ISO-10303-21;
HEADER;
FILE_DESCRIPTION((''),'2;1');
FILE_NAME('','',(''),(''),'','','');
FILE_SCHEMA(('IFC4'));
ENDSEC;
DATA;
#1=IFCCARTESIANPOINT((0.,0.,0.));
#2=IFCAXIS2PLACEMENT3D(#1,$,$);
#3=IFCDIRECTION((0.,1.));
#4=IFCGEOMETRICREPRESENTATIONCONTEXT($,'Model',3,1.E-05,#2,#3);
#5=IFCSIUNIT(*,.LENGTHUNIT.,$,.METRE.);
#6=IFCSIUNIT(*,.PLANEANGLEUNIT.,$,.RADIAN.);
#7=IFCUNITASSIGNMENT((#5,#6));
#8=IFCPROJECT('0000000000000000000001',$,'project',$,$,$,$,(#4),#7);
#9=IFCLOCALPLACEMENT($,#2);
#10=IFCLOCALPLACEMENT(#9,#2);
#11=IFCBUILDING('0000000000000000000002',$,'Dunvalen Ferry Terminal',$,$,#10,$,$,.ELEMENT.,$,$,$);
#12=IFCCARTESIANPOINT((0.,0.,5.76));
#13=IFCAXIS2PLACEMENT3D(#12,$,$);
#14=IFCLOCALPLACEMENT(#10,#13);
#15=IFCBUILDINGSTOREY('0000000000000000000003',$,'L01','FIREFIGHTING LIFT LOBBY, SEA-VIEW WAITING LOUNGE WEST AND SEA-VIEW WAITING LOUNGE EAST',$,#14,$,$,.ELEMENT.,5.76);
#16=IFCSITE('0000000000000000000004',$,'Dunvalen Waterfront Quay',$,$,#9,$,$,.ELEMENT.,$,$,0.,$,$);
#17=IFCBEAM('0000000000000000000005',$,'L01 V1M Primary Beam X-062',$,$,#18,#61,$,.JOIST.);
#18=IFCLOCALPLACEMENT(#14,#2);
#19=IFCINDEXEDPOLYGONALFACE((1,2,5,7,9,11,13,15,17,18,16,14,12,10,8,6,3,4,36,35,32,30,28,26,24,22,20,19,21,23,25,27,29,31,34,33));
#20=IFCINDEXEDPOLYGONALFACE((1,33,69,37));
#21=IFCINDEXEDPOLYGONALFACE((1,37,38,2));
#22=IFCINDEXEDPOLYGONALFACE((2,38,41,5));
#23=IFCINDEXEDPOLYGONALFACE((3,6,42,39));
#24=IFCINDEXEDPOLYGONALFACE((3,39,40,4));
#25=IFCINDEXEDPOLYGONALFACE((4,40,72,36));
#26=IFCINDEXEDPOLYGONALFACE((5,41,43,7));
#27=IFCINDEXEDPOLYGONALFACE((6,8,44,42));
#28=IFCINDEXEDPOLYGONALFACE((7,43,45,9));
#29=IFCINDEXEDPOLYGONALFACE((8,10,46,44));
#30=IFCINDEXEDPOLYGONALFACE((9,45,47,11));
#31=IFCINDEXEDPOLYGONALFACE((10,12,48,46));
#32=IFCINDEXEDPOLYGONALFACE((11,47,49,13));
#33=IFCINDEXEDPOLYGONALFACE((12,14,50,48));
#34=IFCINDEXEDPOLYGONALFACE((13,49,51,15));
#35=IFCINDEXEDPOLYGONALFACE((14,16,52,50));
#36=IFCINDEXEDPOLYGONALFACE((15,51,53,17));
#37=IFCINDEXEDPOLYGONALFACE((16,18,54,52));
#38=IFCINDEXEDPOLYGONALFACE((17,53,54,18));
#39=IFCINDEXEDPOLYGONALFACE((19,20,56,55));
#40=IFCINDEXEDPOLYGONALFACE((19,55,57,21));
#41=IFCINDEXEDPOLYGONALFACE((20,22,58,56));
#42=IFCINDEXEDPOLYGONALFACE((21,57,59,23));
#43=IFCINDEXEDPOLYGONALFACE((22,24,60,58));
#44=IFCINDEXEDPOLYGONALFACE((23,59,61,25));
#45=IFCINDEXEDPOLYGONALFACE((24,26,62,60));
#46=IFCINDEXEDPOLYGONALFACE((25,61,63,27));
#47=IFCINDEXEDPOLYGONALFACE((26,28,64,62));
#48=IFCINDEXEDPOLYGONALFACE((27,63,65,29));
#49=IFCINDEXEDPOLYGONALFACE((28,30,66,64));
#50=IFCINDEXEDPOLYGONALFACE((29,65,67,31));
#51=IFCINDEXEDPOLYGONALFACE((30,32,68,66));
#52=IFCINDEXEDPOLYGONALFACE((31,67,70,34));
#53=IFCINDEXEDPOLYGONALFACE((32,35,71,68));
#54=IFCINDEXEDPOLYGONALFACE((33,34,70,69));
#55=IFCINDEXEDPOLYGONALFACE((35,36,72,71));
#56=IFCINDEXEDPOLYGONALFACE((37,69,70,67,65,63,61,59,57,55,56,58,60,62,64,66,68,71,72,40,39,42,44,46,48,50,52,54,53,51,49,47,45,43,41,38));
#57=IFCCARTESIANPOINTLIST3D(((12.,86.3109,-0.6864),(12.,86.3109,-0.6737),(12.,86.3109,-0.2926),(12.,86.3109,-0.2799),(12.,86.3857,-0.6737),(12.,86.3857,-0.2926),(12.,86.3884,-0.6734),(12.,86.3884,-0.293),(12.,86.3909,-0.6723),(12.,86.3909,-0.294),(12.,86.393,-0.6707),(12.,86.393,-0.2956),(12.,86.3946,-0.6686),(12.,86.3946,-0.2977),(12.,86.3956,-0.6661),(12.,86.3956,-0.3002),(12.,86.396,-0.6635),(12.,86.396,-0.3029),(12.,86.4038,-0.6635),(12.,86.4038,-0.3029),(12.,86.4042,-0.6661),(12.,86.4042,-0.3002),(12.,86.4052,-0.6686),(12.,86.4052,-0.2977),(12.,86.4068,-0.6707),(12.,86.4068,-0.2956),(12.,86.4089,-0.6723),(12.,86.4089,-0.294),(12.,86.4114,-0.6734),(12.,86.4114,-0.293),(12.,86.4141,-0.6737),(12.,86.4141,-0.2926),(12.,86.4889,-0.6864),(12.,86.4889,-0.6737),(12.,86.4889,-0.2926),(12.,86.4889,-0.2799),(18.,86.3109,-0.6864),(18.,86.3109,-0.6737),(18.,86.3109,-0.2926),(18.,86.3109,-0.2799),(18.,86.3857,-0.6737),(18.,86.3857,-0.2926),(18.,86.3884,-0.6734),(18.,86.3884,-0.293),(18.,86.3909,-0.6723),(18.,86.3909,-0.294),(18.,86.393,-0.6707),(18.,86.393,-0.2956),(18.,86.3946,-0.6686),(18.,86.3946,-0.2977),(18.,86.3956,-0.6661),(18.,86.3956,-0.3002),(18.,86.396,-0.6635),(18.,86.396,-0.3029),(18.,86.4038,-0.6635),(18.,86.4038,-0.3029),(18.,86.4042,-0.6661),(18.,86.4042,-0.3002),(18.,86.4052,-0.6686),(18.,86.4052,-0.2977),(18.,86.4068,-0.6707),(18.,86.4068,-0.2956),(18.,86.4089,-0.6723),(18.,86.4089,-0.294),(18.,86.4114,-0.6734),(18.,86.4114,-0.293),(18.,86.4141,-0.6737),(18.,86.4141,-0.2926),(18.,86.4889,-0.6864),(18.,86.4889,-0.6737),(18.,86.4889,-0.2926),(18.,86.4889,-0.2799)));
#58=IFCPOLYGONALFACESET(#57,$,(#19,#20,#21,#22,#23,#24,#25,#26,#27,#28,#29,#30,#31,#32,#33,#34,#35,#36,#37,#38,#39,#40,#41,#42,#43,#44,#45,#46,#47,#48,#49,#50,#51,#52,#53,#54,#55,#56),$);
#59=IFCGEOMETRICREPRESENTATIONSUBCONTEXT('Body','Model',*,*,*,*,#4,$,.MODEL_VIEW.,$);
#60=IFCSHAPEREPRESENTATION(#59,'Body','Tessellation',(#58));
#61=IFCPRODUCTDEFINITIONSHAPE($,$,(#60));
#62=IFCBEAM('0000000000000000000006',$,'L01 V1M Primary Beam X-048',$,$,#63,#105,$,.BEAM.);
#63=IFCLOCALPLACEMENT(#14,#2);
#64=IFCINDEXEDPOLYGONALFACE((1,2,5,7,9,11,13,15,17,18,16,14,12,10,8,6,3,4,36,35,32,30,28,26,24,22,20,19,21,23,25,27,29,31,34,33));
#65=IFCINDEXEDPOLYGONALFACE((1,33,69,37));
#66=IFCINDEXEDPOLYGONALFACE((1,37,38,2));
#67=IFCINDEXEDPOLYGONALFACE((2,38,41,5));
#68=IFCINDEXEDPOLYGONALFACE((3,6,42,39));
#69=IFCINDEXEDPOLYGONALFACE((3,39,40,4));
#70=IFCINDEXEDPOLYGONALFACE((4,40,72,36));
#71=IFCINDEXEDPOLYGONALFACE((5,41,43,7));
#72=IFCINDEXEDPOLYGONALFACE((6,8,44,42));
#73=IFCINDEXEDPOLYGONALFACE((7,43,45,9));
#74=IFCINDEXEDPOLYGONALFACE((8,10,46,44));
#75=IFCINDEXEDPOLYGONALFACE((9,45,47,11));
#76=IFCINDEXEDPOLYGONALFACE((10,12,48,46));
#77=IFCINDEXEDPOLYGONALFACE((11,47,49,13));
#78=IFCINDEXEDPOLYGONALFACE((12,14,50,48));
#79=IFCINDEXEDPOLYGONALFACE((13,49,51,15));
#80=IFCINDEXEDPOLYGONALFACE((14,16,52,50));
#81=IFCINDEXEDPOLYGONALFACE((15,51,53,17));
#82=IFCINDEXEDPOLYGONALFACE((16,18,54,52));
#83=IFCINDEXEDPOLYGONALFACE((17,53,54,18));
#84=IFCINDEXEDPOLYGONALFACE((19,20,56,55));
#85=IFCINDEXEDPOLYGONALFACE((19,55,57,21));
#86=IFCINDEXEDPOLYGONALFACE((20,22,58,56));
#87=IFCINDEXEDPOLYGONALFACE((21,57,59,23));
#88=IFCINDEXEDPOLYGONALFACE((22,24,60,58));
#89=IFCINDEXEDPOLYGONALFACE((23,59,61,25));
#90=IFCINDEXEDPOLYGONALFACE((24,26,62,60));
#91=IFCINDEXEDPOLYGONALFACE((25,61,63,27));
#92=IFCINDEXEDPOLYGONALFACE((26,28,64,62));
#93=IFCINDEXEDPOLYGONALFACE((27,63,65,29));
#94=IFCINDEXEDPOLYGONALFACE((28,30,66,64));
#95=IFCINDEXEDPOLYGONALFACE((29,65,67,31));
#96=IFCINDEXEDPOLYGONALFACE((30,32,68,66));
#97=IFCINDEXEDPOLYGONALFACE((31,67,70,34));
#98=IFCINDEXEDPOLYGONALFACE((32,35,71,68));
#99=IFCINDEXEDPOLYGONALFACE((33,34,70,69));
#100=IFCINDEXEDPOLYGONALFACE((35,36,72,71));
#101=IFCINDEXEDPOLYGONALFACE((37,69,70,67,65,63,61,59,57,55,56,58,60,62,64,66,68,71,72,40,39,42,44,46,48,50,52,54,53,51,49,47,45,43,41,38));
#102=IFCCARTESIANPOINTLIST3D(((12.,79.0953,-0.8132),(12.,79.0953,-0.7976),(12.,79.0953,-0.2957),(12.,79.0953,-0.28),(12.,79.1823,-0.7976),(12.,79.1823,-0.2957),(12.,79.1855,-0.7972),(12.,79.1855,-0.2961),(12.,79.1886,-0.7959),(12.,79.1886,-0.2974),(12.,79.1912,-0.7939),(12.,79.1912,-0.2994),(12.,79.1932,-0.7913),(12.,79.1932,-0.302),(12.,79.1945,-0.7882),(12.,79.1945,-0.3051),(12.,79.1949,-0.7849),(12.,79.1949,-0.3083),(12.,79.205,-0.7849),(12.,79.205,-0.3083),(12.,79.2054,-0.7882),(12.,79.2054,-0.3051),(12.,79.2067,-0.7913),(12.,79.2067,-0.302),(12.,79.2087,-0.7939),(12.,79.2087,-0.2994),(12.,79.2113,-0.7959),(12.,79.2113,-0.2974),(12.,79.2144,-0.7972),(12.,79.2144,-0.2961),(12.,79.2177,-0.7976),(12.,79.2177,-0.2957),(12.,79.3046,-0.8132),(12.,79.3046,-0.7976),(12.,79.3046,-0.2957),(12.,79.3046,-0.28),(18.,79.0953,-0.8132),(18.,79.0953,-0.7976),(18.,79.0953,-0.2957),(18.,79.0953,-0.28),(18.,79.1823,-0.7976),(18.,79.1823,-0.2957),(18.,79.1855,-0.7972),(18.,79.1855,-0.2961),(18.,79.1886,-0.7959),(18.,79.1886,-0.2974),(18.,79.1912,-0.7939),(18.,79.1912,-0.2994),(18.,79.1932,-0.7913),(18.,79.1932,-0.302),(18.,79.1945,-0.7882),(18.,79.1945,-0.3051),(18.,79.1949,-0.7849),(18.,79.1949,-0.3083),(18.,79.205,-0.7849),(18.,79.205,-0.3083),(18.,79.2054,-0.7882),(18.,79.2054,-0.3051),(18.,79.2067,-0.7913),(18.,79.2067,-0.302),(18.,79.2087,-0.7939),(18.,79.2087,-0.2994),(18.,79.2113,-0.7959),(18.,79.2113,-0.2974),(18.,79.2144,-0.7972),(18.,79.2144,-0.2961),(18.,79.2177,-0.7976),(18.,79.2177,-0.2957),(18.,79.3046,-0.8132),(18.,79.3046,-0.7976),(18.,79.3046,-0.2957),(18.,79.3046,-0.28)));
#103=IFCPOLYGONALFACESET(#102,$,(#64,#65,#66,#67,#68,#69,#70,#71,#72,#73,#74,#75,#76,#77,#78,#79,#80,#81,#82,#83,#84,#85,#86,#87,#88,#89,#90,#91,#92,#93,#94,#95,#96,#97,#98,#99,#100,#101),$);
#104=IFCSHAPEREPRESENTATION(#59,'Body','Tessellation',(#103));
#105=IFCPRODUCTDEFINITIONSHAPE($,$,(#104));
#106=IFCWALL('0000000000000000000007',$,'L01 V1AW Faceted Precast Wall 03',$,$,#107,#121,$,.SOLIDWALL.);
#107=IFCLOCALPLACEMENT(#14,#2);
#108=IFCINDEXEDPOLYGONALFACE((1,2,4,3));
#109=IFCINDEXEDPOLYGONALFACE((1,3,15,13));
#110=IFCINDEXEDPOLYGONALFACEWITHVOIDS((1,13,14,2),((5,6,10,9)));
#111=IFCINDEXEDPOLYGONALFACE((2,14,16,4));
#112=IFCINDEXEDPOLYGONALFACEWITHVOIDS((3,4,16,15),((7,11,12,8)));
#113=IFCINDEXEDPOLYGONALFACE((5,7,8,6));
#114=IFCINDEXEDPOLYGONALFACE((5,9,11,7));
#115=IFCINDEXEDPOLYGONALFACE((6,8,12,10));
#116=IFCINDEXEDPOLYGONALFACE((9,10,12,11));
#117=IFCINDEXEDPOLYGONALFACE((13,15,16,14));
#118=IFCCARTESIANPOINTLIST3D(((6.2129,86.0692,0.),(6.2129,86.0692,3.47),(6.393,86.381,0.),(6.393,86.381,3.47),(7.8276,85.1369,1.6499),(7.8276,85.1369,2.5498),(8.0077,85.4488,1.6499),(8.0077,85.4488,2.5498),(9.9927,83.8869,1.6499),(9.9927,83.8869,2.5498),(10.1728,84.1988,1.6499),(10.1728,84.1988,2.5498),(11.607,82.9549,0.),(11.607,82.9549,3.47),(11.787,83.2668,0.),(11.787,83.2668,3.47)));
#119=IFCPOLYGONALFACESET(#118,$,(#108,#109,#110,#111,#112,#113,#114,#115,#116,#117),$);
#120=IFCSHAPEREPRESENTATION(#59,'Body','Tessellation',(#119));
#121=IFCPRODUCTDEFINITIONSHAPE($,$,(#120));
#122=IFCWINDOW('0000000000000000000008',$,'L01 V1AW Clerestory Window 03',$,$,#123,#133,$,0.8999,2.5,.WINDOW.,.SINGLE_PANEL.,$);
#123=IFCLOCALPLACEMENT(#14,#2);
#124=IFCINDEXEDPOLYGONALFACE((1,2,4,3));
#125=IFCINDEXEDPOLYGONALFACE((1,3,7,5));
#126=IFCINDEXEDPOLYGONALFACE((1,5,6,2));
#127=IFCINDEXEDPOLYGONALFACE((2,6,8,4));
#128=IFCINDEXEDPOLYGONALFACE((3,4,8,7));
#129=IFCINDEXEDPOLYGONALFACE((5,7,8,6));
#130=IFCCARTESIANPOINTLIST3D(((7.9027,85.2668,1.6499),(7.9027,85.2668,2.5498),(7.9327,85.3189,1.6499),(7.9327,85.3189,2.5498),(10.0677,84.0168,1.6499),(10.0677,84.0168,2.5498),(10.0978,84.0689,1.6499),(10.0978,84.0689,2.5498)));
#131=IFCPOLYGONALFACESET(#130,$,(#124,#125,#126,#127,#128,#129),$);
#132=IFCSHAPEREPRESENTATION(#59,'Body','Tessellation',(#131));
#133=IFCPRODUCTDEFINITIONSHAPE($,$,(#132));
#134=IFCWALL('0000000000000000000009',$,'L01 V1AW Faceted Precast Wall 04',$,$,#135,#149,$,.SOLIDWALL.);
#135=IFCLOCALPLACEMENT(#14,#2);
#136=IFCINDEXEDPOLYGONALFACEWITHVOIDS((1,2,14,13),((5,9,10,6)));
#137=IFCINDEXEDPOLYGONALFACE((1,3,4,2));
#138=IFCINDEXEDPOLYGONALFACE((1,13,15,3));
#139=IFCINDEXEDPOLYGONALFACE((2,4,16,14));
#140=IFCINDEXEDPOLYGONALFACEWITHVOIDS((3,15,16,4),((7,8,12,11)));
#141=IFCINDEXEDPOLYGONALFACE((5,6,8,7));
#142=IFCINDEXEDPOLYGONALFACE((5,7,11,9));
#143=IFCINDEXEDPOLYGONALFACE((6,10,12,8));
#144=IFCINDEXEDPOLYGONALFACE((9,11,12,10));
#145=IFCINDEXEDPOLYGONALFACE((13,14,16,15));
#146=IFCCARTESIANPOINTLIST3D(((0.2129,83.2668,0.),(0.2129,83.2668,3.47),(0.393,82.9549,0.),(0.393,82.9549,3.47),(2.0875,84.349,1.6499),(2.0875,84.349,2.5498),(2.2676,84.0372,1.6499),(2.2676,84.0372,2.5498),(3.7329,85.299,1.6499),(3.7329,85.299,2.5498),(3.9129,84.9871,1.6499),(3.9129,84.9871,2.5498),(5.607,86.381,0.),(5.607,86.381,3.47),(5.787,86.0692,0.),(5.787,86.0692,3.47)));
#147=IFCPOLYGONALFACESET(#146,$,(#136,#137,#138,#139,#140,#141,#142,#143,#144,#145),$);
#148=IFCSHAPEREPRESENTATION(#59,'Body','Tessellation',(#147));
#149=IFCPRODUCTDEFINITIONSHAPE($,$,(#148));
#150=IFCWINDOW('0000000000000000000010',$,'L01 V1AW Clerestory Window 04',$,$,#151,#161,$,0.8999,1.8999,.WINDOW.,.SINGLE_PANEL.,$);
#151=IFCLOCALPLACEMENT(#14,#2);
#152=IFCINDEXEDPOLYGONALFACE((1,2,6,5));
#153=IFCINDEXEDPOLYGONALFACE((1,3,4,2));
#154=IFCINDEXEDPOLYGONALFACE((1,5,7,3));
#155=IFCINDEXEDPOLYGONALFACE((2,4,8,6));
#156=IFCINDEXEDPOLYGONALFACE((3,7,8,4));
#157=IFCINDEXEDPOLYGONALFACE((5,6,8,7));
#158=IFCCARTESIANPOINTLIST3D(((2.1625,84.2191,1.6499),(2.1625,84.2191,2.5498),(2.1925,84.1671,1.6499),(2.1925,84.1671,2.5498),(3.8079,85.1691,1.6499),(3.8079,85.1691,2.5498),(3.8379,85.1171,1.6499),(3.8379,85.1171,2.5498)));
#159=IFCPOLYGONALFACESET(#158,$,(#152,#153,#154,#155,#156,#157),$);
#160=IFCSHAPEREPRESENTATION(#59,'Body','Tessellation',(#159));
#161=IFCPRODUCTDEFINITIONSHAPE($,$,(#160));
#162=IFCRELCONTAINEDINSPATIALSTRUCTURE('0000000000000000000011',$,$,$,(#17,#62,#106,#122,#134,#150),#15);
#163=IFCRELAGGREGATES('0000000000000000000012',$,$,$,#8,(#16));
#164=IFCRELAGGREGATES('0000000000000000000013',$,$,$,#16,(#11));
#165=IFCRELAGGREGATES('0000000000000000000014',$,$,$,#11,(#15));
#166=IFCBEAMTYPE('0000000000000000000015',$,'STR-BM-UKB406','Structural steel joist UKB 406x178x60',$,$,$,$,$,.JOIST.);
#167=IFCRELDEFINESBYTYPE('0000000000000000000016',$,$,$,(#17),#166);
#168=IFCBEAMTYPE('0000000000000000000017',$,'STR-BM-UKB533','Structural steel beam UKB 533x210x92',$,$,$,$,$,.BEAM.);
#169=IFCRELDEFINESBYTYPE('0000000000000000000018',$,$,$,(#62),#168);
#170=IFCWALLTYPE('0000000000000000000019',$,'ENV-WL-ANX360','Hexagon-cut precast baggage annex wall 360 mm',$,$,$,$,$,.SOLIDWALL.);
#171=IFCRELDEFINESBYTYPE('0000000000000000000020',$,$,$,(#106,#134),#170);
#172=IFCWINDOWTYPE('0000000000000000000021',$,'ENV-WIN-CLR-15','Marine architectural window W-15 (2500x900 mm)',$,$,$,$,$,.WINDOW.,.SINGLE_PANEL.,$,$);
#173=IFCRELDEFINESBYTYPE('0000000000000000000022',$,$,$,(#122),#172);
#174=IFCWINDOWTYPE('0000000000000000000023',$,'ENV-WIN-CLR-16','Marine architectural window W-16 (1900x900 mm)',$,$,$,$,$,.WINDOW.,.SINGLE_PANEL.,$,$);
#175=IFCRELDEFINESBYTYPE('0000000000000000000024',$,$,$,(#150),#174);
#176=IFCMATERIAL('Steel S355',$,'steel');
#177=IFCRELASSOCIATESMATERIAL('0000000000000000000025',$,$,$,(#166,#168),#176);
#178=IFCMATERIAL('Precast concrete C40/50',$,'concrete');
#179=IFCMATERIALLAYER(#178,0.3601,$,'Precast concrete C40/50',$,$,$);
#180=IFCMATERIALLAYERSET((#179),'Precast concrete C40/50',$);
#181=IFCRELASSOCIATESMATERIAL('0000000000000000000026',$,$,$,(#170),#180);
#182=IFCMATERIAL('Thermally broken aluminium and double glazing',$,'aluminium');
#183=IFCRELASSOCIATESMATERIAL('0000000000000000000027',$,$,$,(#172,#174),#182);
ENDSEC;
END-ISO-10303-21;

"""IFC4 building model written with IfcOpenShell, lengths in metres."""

from ifc_helpers import new_model, si_unit, direction, frame, frame_2d, origin, origin_2d, place, context, subcontext, project, spatial, rectangle, i_section, extrude, material, layer, layer_set, material_profile, profile_set, type_object, element, fill, save


model = new_model("IFC4")

# Units and contexts
model_context = context("Model", 3, precision=1e-05, world=origin(), true_north=direction((0.0, 1.0)))
body_context = subcontext(model_context, "Body", "Model", "MODEL_VIEW")
ifc_project = project(units=[si_unit("LENGTHUNIT", "METRE"), si_unit("PLANEANGLEUNIT", "RADIAN")], contexts=[model_context])

# Site, building, storey
site_placement = place(None, origin())
site = spatial("IfcSite", under=ifc_project, at=site_placement, Name="Dunvalen Waterfront Quay", CompositionType="ELEMENT", RefElevation=0.0)
building_placement = place(site_placement, origin())
building = spatial("IfcBuilding", under=site, at=building_placement, Name="Dunvalen Ferry Terminal", CompositionType="ELEMENT")
storey_placement = place(building_placement, frame((0.0, 0.0, 5.76)))
storey = spatial("IfcBuildingStorey", under=building, at=storey_placement, Name="L01", Description="FIREFIGHTING LIFT LOBBY, SEA-VIEW WAITING LOUNGE WEST AND SEA-VIEW WAITING LOUNGE EAST", CompositionType="ELEMENT", Elevation=5.76)

# Beams
ifc_material_1 = material(Name="Steel S355", Category="steel")
ifc_material_profile_1 = material_profile(ifc_material_1, i_section(OverallWidth=0.178, OverallDepth=0.4065, WebThickness=0.0078, FlangeThickness=0.0127, FilletRadius=0.0103, at=origin_2d()), Name="Steel S355")
ifc_profile_set_1 = profile_set([ifc_material_profile_1], Name="Steel S355")
beam_type_1 = type_object("IfcBeamType", Name="STR-BM-UKB406", Description="Structural steel joist UKB 406x178x60", PredefinedType="JOIST", material=ifc_profile_set_1)
beam_1_placement = place(storey_placement, frame((12.0, 86.3999, -0.4832), z_axis=(1.0, 0.0, 0.0), x_axis=(0.0, 1.0, 0.0)))
element("IfcBeam", 1, at=beam_1_placement, inside=storey, type_object=beam_type_1, Name="L01 V1M Primary Beam X-062", PredefinedType="JOIST", context=body_context, shape_type="SweptSolid", body=[
    extrude(i_section(OverallWidth=0.178, OverallDepth=0.4065, WebThickness=0.0078, FlangeThickness=0.0127, FilletRadius=0.0103, at=origin_2d()), origin(), (0.0, 0.0, 1.0), 6.0),
])
ifc_material_profile_2 = material_profile(ifc_material_1, i_section(OverallWidth=0.2092, OverallDepth=0.5332, WebThickness=0.01, FlangeThickness=0.0156, FilletRadius=0.0127, at=origin_2d()), Name="Steel S355")
ifc_profile_set_2 = profile_set([ifc_material_profile_2], Name="Steel S355")
beam_type_2 = type_object("IfcBeamType", Name="STR-BM-UKB533", Description="Structural steel beam UKB 533x210x92", PredefinedType="BEAM", material=ifc_profile_set_2)
beam_2_placement = place(storey_placement, frame((12.0, 79.2, -0.5466), z_axis=(1.0, 0.0, 0.0), x_axis=(0.0, 1.0, 0.0)))
element("IfcBeam", 2, at=beam_2_placement, inside=storey, type_object=beam_type_2, Name="L01 V1M Primary Beam X-048", PredefinedType="BEAM", context=body_context, shape_type="SweptSolid", body=[
    extrude(i_section(OverallWidth=0.2092, OverallDepth=0.5332, WebThickness=0.01, FlangeThickness=0.0156, FilletRadius=0.0127, at=origin_2d()), origin(), (0.0, 0.0, 1.0), 6.0),
])

# Walls, openings, windows
ifc_material_2 = material(Name="Precast concrete C40/50", Category="concrete")
ifc_layer = layer(ifc_material_2, 0.3601, Name="Precast concrete C40/50")
ifc_layer_set = layer_set([ifc_layer], Name="Precast concrete C40/50")
wall_type = type_object("IfcWallType", Name="ENV-WL-ANX360", Description="Hexagon-cut precast baggage annex wall 360 mm", PredefinedType="SOLIDWALL", material=ifc_layer_set)
wall_1_placement = place(storey_placement, frame((11.697, 83.1108, 0.0), z_axis=(0.0, 0.0, 1.0), x_axis=(-0.866025, 0.500001, 0.0)))
wall_1 = element("IfcWall", 3, at=wall_1_placement, inside=storey, type_object=wall_type, Name="L01 V1AW Faceted Precast Wall 03", PredefinedType="SOLIDWALL", context=body_context, shape_type="SweptSolid", body=[
    extrude(rectangle(XDim=6.2285, YDim=0.3601, at=frame_2d((3.1143, 0.0))), origin(), (0.0, 0.0, 1.0), 3.47),
])
opening_1_placement = place(wall_1_placement, frame((1.864, 0.0, 1.6499)))
opening_1 = element("IfcOpeningElement", 4, at=opening_1_placement, cuts=wall_1, PredefinedType="OPENING", context=body_context, shape_type="SweptSolid", body=[
    extrude(rectangle(XDim=2.5, YDim=0.8999, at=frame_2d((1.25, 0.45))), frame((0.0, 0.1899, 0.0), z_axis=(0.0, -1.0, 0.0), x_axis=(1.0, 0.0, 0.0)), (0.0, 0.0, 1.0), 0.3801),
])
ifc_material_3 = material(Name="Thermally broken aluminium and double glazing", Category="aluminium")
window_type_1 = type_object("IfcWindowType", Name="ENV-WIN-CLR-15", Description="Marine architectural window W-15 (2500x900 mm)", PartitioningType="SINGLE_PANEL", PredefinedType="WINDOW", material=ifc_material_3)
window_1_placement = place(opening_1_placement, origin())
window_1 = element("IfcWindow", 5, at=window_1_placement, inside=storey, type_object=window_type_1, Name="L01 V1AW Clerestory Window 03", OverallHeight=0.8999, OverallWidth=2.5, PartitioningType="SINGLE_PANEL", PredefinedType="WINDOW", context=body_context, shape_type="SweptSolid", body=[
    extrude(rectangle(XDim=2.5, YDim=0.8999, at=frame_2d((1.25, 0.45))), frame((0.0, 0.03, 0.0), z_axis=(0.0, -1.0, 0.0), x_axis=(1.0, 0.0, 0.0)), (0.0, 0.0, 1.0), 0.0601),
])
fill(opening_1, window_1)
wall_2_placement = place(storey_placement, frame((5.697, 86.2251, 0.0), z_axis=(0.0, 0.0, 1.0), x_axis=(-0.866025, -0.500001, 0.0)))
wall_2 = element("IfcWall", 6, at=wall_2_placement, inside=storey, type_object=wall_type, Name="L01 V1AW Faceted Precast Wall 04", PredefinedType="SOLIDWALL", context=body_context, shape_type="SweptSolid", body=[
    extrude(rectangle(XDim=6.2285, YDim=0.3601, at=frame_2d((3.1143, 0.0))), origin(), (0.0, 0.0, 1.0), 3.47),
])
opening_2_placement = place(wall_2_placement, frame((2.1641, 0.0, 1.6499)))
opening_2 = element("IfcOpeningElement", 7, at=opening_2_placement, cuts=wall_2, PredefinedType="OPENING", context=body_context, shape_type="SweptSolid", body=[
    extrude(rectangle(XDim=1.8999, YDim=0.8999, at=frame_2d((0.95, 0.45))), frame((0.0, 0.1899, 0.0), z_axis=(0.0, -1.0, 0.0), x_axis=(1.0, 0.0, 0.0)), (0.0, 0.0, 1.0), 0.3801),
])
window_type_2 = type_object("IfcWindowType", Name="ENV-WIN-CLR-16", Description="Marine architectural window W-16 (1900x900 mm)", PartitioningType="SINGLE_PANEL", PredefinedType="WINDOW", material=ifc_material_3)
window_2_placement = place(opening_2_placement, origin())
window_2 = element("IfcWindow", 8, at=window_2_placement, inside=storey, type_object=window_type_2, Name="L01 V1AW Clerestory Window 04", OverallHeight=0.8999, OverallWidth=1.8999, PartitioningType="SINGLE_PANEL", PredefinedType="WINDOW", context=body_context, shape_type="SweptSolid", body=[
    extrude(rectangle(XDim=1.8999, YDim=0.8999, at=frame_2d((0.95, 0.45))), frame((0.0, 0.03, 0.0), z_axis=(0.0, -1.0, 0.0), x_axis=(1.0, 0.0, 0.0)), (0.0, 0.0, 1.0), 0.0601),
])
fill(opening_2, window_2)

save(model, "model.ifc")
